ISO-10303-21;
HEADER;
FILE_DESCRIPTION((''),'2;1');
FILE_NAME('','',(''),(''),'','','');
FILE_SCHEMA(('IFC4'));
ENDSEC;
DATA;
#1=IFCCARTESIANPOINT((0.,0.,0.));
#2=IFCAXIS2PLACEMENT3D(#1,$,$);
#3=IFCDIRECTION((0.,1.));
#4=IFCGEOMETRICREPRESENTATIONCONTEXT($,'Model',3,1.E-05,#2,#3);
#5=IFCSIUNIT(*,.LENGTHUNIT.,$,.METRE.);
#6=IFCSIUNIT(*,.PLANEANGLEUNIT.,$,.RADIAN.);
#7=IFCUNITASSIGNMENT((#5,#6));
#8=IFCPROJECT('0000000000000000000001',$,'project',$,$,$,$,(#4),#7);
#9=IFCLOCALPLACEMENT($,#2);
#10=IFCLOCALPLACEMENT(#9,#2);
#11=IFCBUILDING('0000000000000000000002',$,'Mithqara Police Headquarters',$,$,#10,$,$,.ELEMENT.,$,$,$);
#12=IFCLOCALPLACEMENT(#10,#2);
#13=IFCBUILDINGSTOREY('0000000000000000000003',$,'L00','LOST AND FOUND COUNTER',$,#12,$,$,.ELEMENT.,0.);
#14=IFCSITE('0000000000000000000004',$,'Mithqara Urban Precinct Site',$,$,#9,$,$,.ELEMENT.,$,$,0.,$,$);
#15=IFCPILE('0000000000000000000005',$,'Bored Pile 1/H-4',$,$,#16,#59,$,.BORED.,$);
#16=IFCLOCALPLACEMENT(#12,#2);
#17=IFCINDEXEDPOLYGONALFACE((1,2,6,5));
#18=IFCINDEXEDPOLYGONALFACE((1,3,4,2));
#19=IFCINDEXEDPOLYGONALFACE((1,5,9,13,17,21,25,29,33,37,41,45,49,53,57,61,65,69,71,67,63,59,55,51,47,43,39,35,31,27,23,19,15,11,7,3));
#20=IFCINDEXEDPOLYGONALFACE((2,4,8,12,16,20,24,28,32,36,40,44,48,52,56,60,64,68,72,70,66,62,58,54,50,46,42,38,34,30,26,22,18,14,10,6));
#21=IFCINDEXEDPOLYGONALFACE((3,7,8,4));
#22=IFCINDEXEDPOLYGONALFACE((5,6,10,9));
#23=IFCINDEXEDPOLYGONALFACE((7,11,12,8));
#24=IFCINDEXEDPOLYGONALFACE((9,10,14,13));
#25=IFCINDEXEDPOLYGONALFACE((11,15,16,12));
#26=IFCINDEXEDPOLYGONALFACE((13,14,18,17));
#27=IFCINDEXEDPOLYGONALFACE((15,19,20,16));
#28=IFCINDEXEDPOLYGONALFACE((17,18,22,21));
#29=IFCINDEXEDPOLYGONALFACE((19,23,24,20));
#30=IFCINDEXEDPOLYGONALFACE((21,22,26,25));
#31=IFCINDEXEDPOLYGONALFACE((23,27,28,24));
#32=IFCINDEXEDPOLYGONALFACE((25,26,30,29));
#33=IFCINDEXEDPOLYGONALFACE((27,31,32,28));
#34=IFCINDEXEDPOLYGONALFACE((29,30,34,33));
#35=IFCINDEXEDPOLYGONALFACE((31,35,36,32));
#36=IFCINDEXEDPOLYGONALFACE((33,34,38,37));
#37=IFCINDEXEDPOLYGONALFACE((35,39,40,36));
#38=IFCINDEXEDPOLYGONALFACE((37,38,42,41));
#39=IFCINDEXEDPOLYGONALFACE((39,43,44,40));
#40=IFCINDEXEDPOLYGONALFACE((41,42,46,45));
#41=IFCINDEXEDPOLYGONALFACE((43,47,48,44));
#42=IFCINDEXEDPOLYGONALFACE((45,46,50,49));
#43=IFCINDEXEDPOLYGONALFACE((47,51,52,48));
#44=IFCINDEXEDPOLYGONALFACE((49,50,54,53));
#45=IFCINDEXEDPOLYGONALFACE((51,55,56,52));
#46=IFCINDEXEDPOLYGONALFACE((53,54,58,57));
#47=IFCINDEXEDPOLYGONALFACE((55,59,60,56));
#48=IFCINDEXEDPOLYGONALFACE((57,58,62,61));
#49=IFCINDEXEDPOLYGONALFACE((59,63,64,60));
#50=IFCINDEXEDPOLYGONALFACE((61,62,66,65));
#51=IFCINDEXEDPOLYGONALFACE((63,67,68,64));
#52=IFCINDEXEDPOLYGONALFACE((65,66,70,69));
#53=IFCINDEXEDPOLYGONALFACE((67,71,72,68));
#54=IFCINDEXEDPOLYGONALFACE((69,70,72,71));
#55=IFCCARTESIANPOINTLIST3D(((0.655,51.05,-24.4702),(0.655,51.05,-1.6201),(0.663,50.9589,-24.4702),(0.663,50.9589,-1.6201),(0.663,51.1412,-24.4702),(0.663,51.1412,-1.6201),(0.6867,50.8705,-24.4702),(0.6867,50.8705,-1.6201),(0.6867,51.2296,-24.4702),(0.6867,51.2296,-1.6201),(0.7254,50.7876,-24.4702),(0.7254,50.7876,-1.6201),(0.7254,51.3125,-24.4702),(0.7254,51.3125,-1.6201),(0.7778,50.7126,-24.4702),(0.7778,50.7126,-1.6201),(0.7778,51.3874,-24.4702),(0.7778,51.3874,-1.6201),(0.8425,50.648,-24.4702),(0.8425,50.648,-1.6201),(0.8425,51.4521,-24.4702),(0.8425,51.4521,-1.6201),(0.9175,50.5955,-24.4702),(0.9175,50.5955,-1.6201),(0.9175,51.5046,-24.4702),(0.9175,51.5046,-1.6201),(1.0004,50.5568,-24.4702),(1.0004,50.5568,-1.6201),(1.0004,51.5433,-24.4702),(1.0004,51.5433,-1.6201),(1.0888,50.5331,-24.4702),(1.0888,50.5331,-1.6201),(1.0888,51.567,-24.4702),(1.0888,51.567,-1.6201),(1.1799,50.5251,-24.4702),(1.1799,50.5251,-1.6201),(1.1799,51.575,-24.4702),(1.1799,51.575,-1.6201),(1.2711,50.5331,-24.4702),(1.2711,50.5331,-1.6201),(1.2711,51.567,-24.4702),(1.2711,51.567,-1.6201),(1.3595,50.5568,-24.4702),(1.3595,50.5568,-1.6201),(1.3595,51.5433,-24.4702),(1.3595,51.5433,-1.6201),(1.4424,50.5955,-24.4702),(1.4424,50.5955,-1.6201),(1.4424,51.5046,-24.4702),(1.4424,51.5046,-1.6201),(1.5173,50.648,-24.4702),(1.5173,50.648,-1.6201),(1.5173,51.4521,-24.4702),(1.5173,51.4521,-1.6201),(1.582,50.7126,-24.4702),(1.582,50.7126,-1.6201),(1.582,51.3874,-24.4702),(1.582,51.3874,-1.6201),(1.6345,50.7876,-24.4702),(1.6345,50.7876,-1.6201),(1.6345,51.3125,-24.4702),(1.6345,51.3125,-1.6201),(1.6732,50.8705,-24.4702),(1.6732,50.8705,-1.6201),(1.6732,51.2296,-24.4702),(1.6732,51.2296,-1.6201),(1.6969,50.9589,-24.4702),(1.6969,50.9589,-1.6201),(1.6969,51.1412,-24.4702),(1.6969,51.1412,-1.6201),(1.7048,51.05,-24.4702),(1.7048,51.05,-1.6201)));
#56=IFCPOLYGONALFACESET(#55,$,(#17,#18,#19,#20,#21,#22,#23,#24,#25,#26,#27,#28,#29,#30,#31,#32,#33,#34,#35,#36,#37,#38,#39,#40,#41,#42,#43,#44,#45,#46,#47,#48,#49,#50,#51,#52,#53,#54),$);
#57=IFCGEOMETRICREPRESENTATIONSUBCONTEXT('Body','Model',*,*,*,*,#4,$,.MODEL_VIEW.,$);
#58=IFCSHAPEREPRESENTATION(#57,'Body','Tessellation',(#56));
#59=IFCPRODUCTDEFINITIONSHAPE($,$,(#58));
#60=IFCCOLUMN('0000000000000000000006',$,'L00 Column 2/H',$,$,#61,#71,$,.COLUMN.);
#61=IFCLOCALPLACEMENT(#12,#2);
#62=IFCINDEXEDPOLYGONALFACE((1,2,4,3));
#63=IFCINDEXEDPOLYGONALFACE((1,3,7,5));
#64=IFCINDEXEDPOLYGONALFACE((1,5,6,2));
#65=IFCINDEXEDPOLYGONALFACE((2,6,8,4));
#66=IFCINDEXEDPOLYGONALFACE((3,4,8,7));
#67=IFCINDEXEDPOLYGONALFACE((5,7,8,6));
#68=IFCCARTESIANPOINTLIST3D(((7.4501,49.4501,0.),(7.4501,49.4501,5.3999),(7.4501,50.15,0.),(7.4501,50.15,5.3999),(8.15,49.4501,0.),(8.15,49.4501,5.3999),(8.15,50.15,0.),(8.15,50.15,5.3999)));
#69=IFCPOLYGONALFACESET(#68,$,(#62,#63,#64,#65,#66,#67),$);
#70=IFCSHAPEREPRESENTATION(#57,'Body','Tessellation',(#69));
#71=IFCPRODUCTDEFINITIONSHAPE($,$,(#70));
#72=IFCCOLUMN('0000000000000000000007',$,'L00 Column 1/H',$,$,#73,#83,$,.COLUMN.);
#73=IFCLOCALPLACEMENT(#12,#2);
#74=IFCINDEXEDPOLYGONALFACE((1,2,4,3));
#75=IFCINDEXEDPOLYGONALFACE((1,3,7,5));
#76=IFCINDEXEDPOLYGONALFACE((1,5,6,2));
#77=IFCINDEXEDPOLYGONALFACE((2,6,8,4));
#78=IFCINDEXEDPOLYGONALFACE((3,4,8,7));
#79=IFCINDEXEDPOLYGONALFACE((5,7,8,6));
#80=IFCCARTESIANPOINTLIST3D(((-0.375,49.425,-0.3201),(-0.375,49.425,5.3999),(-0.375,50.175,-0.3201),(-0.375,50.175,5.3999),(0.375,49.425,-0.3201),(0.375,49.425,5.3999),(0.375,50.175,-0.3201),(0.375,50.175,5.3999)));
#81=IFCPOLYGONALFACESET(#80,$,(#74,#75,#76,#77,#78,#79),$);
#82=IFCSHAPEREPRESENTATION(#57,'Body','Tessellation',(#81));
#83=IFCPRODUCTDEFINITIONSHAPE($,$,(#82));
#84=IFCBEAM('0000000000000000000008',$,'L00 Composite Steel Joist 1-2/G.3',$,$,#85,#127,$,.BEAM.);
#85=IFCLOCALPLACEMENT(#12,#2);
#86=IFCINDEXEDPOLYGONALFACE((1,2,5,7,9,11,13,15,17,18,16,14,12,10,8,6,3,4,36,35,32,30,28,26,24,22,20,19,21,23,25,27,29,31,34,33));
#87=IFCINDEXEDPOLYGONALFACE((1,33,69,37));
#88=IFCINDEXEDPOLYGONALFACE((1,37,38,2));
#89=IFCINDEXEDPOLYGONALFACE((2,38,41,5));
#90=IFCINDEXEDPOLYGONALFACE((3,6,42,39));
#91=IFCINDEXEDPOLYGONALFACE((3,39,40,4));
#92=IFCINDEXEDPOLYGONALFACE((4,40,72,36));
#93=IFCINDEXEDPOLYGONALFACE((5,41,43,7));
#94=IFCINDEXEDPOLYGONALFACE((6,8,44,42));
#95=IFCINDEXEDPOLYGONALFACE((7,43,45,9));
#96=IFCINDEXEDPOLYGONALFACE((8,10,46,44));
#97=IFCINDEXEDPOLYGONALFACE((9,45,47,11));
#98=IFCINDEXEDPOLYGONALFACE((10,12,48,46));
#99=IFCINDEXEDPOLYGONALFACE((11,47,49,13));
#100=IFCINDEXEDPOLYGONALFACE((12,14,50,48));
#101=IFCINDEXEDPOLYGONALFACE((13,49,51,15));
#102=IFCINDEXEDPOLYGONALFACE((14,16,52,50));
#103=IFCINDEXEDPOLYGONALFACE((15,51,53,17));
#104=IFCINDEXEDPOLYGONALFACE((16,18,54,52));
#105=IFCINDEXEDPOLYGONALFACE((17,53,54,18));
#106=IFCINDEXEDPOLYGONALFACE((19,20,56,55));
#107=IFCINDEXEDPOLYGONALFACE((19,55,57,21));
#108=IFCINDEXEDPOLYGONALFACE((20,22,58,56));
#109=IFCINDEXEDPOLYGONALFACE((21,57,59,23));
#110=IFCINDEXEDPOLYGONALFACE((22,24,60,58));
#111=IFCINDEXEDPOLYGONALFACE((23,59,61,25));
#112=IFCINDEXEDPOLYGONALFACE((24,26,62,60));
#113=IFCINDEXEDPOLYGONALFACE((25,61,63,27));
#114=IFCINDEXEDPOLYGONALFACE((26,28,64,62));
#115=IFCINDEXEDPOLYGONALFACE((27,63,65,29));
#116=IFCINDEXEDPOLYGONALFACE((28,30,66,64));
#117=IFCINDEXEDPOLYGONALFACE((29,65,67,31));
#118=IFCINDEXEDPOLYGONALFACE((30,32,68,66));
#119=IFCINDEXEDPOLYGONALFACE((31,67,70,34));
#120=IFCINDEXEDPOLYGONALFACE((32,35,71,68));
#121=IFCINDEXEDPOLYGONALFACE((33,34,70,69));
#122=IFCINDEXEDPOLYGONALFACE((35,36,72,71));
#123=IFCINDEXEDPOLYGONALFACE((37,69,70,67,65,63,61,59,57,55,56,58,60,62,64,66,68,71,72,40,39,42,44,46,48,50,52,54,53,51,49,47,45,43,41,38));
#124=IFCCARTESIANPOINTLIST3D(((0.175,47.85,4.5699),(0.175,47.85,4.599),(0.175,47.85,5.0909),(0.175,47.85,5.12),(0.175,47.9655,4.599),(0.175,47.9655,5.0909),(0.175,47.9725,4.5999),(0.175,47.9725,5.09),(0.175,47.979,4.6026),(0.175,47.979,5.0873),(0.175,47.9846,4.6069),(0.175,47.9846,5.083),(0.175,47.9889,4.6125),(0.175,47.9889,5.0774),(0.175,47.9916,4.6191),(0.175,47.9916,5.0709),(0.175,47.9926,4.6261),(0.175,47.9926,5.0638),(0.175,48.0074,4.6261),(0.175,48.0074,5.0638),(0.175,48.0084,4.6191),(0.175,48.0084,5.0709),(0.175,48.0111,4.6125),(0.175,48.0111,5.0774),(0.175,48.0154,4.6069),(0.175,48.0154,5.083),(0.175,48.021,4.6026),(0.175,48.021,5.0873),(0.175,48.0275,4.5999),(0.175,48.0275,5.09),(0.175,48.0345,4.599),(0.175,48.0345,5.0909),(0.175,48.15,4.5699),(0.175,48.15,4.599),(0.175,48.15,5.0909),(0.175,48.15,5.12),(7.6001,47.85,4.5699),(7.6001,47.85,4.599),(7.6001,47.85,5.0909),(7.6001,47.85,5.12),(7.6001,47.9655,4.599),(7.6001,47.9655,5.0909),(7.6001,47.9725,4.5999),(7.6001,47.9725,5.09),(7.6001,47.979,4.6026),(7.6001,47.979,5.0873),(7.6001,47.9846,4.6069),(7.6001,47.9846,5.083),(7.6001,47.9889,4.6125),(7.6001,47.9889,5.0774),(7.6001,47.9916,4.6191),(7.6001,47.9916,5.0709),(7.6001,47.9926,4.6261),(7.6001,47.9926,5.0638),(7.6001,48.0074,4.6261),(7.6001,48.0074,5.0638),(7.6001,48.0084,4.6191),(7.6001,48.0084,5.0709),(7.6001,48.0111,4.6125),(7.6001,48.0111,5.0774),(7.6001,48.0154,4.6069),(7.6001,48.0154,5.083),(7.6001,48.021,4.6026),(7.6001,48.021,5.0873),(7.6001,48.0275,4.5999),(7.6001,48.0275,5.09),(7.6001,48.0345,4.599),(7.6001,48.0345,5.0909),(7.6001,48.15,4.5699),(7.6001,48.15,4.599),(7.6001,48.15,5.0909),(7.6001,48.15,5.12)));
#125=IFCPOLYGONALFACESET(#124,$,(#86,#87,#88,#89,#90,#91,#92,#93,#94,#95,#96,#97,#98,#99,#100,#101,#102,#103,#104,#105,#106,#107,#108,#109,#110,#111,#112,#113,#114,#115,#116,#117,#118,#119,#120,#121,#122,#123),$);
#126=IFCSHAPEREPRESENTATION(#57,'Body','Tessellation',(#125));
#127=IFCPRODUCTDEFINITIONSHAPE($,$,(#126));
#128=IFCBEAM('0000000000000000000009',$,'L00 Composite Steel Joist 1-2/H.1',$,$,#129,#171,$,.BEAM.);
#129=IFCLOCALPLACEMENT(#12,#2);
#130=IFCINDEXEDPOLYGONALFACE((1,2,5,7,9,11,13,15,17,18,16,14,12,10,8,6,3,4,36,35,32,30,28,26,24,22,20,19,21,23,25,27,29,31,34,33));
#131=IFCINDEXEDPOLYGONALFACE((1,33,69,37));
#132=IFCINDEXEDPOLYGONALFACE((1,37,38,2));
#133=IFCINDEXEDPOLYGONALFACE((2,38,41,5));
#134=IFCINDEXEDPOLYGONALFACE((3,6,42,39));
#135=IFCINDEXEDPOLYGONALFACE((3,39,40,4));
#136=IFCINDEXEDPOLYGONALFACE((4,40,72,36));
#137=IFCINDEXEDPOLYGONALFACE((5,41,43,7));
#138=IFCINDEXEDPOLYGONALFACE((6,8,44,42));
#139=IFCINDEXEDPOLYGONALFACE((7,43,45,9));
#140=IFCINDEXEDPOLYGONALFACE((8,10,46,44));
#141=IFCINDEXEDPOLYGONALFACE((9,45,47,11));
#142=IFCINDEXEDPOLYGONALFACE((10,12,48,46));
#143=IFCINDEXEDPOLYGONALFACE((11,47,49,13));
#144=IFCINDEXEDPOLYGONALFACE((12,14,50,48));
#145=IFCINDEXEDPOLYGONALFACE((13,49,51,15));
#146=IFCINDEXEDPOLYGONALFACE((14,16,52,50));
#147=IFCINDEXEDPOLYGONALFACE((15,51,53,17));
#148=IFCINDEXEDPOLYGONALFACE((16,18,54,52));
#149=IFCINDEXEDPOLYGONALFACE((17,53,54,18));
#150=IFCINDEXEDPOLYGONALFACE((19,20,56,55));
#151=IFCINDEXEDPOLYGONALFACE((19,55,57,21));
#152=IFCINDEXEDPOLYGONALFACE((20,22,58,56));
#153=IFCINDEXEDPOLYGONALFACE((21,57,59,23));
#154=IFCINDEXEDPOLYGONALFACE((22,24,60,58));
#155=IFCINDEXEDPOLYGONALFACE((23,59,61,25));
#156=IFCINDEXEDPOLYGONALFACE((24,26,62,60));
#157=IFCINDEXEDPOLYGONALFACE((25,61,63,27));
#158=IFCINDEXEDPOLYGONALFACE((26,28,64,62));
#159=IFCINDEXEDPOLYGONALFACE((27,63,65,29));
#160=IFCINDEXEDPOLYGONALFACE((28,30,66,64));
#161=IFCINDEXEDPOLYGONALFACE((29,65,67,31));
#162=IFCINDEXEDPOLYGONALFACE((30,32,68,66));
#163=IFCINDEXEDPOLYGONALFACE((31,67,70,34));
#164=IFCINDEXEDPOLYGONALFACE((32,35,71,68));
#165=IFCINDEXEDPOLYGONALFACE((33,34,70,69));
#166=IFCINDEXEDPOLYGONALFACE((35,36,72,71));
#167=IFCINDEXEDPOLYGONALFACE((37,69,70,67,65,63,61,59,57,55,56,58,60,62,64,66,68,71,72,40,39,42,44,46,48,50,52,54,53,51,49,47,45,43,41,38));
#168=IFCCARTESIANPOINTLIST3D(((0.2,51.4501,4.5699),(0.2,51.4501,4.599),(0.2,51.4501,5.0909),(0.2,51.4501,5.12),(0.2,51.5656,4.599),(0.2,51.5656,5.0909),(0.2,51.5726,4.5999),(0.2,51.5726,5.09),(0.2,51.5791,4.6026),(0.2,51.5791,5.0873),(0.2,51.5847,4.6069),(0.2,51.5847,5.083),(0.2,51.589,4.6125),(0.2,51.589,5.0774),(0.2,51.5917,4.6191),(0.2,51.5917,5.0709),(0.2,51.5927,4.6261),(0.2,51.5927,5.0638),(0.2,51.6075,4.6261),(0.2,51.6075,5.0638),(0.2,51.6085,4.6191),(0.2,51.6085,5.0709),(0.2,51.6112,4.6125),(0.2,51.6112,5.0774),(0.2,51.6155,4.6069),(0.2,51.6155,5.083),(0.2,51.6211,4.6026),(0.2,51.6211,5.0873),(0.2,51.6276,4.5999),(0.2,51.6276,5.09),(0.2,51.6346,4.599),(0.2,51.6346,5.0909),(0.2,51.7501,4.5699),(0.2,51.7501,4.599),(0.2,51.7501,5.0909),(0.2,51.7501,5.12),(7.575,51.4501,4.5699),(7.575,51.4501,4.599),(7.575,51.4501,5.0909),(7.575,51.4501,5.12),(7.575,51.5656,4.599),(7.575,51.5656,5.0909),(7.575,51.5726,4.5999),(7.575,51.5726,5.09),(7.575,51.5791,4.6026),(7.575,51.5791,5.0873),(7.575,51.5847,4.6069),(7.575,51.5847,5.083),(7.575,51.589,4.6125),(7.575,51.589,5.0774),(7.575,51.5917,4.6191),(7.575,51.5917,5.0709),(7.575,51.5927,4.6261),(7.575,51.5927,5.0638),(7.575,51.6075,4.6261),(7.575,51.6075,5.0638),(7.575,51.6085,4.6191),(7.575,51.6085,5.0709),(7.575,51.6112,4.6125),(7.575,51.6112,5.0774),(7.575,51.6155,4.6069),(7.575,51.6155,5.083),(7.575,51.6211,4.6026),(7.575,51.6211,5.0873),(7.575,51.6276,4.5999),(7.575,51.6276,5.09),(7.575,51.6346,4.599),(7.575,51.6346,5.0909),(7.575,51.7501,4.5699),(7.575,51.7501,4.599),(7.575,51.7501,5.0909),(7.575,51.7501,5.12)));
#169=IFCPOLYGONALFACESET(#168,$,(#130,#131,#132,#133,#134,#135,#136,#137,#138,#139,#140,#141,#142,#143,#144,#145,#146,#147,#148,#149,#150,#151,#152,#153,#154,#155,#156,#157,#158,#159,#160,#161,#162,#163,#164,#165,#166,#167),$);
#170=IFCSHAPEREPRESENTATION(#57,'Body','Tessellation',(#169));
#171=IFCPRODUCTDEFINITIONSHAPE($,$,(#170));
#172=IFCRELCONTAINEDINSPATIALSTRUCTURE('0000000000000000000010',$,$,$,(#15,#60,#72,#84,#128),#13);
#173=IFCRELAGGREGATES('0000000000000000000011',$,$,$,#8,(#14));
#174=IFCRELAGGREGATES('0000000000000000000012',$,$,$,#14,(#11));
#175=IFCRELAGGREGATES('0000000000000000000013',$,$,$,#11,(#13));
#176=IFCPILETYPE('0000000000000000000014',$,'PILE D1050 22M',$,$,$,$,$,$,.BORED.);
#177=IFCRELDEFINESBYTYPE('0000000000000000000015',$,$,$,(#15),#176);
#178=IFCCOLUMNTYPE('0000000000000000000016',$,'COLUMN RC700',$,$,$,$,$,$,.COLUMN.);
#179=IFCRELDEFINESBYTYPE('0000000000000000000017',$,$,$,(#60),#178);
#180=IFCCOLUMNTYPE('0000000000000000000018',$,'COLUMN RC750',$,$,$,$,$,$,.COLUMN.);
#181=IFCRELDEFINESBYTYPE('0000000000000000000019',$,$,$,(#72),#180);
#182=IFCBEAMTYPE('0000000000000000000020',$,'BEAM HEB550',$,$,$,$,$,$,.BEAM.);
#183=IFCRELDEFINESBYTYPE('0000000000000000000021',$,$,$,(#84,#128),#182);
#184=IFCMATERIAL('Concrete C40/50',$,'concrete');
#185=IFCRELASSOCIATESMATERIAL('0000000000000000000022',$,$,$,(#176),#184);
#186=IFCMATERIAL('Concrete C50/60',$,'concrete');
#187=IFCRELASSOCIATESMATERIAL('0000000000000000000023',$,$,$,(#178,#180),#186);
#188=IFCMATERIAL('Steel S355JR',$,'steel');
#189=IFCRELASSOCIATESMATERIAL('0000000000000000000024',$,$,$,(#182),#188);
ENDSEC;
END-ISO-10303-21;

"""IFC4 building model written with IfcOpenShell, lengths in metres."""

from ifc_helpers import new_model, si_unit, direction, frame, origin, origin_2d, place, context, subcontext, project, spatial, rectangle, circle, i_section, extrude, material, material_profile, profile_set, type_object, element, save


model = new_model("IFC4")

# Units and contexts
model_context = context("Model", 3, precision=1e-05, world=origin(), true_north=direction((0.0, 1.0)))
body_context = subcontext(model_context, "Body", "Model", "MODEL_VIEW")
ifc_project = project(units=[si_unit("LENGTHUNIT", "METRE"), si_unit("PLANEANGLEUNIT", "RADIAN")], contexts=[model_context])

# Site, building, storey
site_placement = place(None, origin())
site = spatial("IfcSite", under=ifc_project, at=site_placement, Name="Mithqara Urban Precinct Site", CompositionType="ELEMENT", RefElevation=0.0)
building_placement = place(site_placement, origin())
building = spatial("IfcBuilding", under=site, at=building_placement, Name="Mithqara Police Headquarters", CompositionType="ELEMENT")
storey_placement = place(building_placement, origin())
storey = spatial("IfcBuildingStorey", under=building, at=storey_placement, Name="L00", Description="LOST AND FOUND COUNTER", CompositionType="ELEMENT", Elevation=0.0)

# Shared definitions
ifc_material_1 = material(Name="Concrete C40/50", Category="concrete")

# Pile
ifc_material_profile_1 = material_profile(ifc_material_1, circle(Radius=0.5249, at=origin_2d()), Name="PILE D1050")
ifc_profile_set_1 = profile_set([ifc_material_profile_1], Name="Concrete C40/50")
pile_type = type_object("IfcPileType", Name="PILE D1050 22M", PredefinedType="BORED", material=ifc_profile_set_1)
for number, where, z_axis, x_axis, name in (
    (1, (1.1799, 51.05, -1.6201), (0.0, 0.0, -1.0), (1.0, 0.0, 0.0), "Bored Pile 1/H-4"),
):
    element("IfcPile", number, at=place(storey_placement, frame(where, z_axis=z_axis, x_axis=x_axis)), inside=storey, type_object=pile_type, Name=name, PredefinedType="BORED", context=body_context, shape_type="SweptSolid", body=[
        extrude(circle(Radius=0.5249, at=origin_2d()), origin(), (0.0, 0.0, 1.0), 22.8501),
    ])

# Columns
ifc_material_2 = material(Name="Concrete C50/60", Category="concrete")
ifc_material_profile_2 = material_profile(ifc_material_2, rectangle(XDim=0.7, YDim=0.7, at=origin_2d()), Name="RC 700x700")
ifc_profile_set_2 = profile_set([ifc_material_profile_2], Name="Concrete C50/60")
column_type_1 = type_object("IfcColumnType", Name="COLUMN RC700", PredefinedType="COLUMN", material=ifc_profile_set_2)
column_1_placement = place(storey_placement, frame((7.8, 49.8, 0.0), z_axis=(0.0, 0.0, 1.0), x_axis=(1.0, 0.0, 0.0)))
element("IfcColumn", 2, at=column_1_placement, inside=storey, type_object=column_type_1, Name="L00 Column 2/H", PredefinedType="COLUMN", context=body_context, shape_type="SweptSolid", body=[
    extrude(rectangle(XDim=0.7, YDim=0.7, at=origin_2d()), origin(), (0.0, 0.0, 1.0), 5.3999),
])
ifc_material_profile_3 = material_profile(ifc_material_2, rectangle(XDim=0.75, YDim=0.75, at=origin_2d()), Name="RC 750x750")
ifc_profile_set_3 = profile_set([ifc_material_profile_3], Name="Concrete C50/60")
column_type_2 = type_object("IfcColumnType", Name="COLUMN RC750", PredefinedType="COLUMN", material=ifc_profile_set_3)
column_2_placement = place(storey_placement, frame((0.0, 49.8, -0.3201), z_axis=(0.0, 0.0, 1.0), x_axis=(1.0, 0.0, 0.0)))
element("IfcColumn", 3, at=column_2_placement, inside=storey, type_object=column_type_2, Name="L00 Column 1/H", PredefinedType="COLUMN", context=body_context, shape_type="SweptSolid", body=[
    extrude(rectangle(XDim=0.75, YDim=0.75, at=origin_2d()), origin(), (0.0, 0.0, 1.0), 5.72),
])

# Beams
ifc_material_3 = material(Name="Steel S355JR", Category="steel")
ifc_material_profile_4 = material_profile(ifc_material_3, i_section(OverallWidth=0.3, OverallDepth=0.55, WebThickness=0.0149, FlangeThickness=0.0291, FilletRadius=0.0271, at=origin_2d()), Name="HEB 550")
ifc_profile_set_4 = profile_set([ifc_material_profile_4], Name="Steel S355JR")
beam_type_1 = type_object("IfcBeamType", Name="BEAM HEB550", PredefinedType="BEAM", material=ifc_profile_set_4)
beam_1_placement = place(storey_placement, frame((0.175, 48.0, 4.845), z_axis=(1.0, 0.0, 0.0), x_axis=(0.0, 1.0, 0.0)))
element("IfcBeam", 4, at=beam_1_placement, inside=storey, type_object=beam_type_1, Name="L00 Composite Steel Joist 1-2/G.3", PredefinedType="BEAM", context=body_context, shape_type="SweptSolid", body=[
    extrude(i_section(OverallWidth=0.3, OverallDepth=0.55, WebThickness=0.0149, FlangeThickness=0.0291, FilletRadius=0.0271, at=origin_2d()), origin(), (0.0, 0.0, 1.0), 7.425),
])
for number, where, z_axis, x_axis, name in (
    (5, (0.2, 51.6001, 4.845), (1.0, 0.0, 0.0), (0.0, 1.0, 0.0), "L00 Composite Steel Joist 1-2/H.1"),
):
    element("IfcBeam", number, at=place(storey_placement, frame(where, z_axis=z_axis, x_axis=x_axis)), inside=storey, type_object=beam_type_1, Name=name, PredefinedType="BEAM", context=body_context, shape_type="SweptSolid", body=[
        extrude(i_section(OverallWidth=0.3, OverallDepth=0.55, WebThickness=0.0149, FlangeThickness=0.0291, FilletRadius=0.0271, at=origin_2d()), origin(), (0.0, 0.0, 1.0), 7.375),
    ])

save(model, "model.ifc")
